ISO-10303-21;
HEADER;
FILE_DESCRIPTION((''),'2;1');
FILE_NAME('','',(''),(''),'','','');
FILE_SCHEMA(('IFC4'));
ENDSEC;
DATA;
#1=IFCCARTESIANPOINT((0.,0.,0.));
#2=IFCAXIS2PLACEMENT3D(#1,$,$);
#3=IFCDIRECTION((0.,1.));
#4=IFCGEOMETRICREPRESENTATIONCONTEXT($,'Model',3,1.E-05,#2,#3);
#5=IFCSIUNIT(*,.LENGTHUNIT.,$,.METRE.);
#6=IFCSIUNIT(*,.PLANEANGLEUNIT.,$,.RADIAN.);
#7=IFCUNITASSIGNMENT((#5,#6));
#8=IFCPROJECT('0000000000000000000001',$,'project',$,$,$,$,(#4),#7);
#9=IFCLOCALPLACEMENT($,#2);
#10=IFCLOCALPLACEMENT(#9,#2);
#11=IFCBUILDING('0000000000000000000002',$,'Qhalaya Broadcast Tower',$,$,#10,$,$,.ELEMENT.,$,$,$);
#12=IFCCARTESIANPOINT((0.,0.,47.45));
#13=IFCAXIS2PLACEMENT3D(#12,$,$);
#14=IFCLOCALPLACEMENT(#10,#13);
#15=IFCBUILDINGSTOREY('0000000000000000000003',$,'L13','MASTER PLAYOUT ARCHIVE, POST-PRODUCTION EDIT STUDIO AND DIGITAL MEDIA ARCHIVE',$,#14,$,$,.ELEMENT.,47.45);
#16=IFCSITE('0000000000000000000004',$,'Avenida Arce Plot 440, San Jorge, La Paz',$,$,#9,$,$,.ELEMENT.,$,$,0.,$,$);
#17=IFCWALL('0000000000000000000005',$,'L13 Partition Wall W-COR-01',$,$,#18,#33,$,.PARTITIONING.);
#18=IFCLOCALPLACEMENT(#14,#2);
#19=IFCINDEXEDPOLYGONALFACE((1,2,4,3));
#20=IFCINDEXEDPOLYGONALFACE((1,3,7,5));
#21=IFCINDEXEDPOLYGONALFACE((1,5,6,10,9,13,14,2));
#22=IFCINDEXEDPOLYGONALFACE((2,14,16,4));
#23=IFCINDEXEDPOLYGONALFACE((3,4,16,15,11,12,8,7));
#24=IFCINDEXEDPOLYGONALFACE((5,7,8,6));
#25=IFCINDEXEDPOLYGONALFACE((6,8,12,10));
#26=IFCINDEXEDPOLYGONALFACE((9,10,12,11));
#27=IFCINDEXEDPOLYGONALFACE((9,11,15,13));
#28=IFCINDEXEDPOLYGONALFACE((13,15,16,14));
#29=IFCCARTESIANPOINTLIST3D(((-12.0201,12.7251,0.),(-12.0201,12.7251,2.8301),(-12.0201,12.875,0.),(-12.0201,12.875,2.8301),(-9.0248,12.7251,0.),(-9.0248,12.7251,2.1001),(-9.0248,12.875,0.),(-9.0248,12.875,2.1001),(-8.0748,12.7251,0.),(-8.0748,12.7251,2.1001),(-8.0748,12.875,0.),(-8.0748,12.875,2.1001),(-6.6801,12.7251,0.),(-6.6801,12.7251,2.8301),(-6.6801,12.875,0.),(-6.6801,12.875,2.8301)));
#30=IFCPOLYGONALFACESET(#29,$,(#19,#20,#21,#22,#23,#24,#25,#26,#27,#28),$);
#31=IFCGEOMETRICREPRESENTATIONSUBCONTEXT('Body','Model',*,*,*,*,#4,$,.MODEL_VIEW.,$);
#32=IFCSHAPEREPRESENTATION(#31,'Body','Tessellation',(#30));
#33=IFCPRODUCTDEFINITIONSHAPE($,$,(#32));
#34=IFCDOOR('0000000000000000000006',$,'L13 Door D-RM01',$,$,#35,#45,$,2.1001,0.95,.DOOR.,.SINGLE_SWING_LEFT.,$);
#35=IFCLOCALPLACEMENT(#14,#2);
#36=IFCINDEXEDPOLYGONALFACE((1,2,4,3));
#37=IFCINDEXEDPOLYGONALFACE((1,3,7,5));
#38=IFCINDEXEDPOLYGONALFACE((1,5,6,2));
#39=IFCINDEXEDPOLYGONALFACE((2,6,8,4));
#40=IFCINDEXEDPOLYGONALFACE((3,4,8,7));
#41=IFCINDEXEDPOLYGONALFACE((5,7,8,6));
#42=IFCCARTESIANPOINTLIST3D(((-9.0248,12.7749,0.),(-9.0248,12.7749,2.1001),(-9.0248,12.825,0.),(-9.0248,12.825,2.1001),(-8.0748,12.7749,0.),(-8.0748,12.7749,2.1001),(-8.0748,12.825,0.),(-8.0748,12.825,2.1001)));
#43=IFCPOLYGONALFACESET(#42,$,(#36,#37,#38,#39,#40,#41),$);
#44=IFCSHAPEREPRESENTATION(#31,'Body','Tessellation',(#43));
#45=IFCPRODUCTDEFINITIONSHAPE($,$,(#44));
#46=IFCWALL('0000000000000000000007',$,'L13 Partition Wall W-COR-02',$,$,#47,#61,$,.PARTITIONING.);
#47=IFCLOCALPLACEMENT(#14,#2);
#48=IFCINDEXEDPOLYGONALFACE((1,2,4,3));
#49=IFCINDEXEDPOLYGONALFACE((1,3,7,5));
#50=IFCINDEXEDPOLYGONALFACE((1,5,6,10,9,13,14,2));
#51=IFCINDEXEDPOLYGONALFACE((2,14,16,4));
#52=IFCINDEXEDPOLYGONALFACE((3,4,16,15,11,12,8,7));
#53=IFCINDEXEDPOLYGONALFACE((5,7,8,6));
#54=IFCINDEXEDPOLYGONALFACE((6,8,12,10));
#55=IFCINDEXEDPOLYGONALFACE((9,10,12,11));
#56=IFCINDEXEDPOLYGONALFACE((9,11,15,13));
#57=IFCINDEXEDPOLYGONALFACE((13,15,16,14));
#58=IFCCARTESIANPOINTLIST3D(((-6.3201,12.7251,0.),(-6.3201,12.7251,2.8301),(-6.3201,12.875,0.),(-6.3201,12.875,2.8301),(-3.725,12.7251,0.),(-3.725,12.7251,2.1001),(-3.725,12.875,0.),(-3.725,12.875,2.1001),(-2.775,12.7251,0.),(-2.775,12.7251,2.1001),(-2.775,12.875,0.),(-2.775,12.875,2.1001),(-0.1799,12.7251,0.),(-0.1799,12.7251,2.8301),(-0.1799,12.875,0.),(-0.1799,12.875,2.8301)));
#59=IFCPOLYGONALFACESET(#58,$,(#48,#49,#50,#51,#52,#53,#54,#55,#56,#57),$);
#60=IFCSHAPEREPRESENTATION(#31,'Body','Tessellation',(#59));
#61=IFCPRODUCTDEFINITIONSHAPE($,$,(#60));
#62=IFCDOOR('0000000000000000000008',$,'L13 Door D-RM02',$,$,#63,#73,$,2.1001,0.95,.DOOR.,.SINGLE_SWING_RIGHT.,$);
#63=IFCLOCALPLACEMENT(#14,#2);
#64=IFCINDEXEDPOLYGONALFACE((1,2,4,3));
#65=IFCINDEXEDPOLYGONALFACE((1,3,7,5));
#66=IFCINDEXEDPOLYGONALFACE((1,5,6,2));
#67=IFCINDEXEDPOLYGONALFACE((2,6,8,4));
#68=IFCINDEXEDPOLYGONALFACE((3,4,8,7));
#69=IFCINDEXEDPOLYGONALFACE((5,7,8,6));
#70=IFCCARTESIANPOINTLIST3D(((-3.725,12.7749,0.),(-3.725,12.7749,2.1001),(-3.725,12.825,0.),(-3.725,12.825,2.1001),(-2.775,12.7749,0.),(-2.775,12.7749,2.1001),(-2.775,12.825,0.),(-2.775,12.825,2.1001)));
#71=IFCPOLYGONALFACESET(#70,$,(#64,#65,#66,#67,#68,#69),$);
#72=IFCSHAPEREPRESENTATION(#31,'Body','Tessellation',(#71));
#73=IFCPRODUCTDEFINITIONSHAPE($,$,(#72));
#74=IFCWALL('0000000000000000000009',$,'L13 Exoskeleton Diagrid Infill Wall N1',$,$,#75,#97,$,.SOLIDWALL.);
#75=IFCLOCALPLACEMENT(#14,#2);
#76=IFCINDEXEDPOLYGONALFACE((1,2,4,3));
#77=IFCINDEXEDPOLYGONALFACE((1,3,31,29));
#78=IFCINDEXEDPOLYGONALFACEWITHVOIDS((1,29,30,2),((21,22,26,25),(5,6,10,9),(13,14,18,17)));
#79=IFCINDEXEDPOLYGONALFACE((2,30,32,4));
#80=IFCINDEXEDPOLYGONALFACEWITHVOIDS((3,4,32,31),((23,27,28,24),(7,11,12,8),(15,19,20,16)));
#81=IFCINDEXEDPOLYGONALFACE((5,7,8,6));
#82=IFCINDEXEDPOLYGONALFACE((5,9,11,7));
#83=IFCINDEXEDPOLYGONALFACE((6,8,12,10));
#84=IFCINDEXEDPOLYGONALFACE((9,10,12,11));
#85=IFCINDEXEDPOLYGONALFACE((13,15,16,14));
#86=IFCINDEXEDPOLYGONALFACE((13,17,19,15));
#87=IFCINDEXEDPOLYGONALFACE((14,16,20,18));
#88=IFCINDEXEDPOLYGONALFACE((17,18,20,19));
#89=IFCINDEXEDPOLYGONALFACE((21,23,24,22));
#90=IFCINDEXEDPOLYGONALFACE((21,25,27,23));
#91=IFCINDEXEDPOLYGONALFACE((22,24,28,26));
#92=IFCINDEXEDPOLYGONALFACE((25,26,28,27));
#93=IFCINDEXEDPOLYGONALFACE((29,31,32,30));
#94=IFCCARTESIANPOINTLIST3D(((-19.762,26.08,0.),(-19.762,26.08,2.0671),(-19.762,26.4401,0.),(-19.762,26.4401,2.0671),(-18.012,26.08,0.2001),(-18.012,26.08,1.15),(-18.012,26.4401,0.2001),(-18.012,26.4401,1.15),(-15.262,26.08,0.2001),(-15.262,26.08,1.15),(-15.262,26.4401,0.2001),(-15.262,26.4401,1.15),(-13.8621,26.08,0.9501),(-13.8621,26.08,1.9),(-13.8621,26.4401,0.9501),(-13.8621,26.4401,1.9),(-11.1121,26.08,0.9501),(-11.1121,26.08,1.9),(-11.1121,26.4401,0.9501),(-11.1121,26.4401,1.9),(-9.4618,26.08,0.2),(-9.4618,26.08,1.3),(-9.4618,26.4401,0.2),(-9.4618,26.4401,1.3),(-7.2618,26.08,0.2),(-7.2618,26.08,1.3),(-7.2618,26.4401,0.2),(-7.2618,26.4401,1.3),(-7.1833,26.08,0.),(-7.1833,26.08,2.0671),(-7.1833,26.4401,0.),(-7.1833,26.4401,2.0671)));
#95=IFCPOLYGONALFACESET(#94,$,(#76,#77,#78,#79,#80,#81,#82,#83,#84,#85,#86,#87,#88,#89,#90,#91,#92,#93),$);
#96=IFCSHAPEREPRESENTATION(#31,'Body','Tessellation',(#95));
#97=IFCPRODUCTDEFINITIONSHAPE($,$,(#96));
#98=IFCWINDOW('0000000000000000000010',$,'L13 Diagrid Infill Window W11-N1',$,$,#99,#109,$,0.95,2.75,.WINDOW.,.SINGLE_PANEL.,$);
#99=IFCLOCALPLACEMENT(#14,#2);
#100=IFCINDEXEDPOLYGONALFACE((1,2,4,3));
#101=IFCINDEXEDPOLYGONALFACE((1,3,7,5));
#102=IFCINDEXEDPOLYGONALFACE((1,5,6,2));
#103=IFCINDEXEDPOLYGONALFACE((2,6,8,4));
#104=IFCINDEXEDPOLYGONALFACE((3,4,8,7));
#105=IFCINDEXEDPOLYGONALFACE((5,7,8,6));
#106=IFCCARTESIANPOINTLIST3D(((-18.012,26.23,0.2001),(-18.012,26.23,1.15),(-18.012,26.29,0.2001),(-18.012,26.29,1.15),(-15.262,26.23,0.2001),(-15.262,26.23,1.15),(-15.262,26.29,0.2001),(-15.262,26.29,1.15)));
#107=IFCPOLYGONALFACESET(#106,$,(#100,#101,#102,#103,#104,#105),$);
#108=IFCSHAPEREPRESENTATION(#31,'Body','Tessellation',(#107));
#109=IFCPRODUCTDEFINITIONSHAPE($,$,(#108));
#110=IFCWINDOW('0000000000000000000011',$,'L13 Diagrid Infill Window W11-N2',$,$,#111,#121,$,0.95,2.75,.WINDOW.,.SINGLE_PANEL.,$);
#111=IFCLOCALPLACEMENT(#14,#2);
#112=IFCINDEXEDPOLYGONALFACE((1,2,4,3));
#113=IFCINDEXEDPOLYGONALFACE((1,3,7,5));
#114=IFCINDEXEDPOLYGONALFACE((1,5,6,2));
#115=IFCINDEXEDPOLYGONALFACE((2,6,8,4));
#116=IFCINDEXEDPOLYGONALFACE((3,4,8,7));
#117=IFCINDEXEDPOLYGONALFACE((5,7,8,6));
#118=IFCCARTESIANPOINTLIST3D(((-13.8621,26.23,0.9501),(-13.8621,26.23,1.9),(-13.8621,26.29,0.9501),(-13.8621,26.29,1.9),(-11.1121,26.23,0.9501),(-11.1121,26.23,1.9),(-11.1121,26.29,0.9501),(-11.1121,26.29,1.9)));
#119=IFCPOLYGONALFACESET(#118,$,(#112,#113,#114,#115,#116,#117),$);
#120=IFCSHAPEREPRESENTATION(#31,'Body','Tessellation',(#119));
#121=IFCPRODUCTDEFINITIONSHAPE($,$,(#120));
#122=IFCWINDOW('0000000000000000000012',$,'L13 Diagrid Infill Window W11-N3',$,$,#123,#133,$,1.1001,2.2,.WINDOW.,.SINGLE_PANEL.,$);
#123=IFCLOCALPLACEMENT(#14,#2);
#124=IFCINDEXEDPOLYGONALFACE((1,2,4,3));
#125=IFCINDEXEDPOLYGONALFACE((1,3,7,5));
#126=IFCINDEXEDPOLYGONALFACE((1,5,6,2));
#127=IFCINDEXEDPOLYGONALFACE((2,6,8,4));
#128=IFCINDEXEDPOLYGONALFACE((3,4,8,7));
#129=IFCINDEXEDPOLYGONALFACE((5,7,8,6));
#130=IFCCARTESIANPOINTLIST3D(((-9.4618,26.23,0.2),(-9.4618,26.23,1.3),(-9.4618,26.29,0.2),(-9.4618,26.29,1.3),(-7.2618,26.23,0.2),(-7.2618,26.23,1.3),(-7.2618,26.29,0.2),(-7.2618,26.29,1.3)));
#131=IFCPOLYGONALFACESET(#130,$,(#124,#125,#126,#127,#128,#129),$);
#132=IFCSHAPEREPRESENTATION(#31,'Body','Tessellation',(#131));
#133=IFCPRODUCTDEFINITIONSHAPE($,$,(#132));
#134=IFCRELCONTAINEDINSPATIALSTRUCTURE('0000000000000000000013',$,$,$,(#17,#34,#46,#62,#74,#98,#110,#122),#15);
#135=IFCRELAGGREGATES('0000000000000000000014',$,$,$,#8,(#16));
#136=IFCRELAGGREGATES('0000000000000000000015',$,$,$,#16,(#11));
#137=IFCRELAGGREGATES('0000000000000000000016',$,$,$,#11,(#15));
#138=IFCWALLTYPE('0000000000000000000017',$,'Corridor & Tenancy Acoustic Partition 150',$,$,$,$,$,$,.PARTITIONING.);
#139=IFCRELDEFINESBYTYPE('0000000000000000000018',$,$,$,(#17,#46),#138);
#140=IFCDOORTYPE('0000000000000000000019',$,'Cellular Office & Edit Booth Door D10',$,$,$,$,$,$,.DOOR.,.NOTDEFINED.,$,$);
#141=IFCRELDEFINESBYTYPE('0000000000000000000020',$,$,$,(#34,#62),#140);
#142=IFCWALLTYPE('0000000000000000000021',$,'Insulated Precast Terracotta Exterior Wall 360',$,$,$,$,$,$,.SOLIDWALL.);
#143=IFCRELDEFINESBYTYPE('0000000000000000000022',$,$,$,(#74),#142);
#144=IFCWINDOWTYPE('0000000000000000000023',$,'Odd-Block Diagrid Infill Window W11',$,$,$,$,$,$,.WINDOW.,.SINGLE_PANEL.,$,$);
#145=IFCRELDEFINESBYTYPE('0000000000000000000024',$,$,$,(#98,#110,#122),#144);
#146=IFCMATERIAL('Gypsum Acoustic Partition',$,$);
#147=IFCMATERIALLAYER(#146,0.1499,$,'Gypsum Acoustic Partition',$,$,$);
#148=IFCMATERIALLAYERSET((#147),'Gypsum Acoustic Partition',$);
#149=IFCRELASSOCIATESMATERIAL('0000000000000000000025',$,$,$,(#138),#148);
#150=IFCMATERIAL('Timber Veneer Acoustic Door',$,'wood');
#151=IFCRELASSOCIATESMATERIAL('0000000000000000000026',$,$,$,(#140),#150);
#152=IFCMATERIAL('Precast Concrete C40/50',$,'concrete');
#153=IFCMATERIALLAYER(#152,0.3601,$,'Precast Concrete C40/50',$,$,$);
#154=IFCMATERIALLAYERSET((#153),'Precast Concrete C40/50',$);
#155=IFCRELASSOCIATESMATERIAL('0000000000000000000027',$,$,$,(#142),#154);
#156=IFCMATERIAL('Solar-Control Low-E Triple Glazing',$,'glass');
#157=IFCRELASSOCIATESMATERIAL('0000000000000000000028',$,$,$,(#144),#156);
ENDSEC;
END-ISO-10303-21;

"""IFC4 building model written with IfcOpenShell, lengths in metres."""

from ifc_helpers import new_model, si_unit, direction, frame, frame_2d, origin, place, context, subcontext, project, spatial, rectangle, extrude, material, layer, layer_set, type_object, element, fill, save


model = new_model("IFC4")

# Units and contexts
model_context = context("Model", 3, precision=1e-05, world=origin(), true_north=direction((0.0, 1.0)))
body_context = subcontext(model_context, "Body", "Model", "MODEL_VIEW")
ifc_project = project(units=[si_unit("LENGTHUNIT", "METRE"), si_unit("PLANEANGLEUNIT", "RADIAN")], contexts=[model_context])

# Site, building, storey
site_placement = place(None, origin())
site = spatial("IfcSite", under=ifc_project, at=site_placement, Name="Avenida Arce Plot 440, San Jorge, La Paz", CompositionType="ELEMENT", RefElevation=0.0)
building_placement = place(site_placement, origin())
building = spatial("IfcBuilding", under=site, at=building_placement, Name="Qhalaya Broadcast Tower", CompositionType="ELEMENT")
storey_placement = place(building_placement, frame((0.0, 0.0, 47.45)))
storey = spatial("IfcBuildingStorey", under=building, at=storey_placement, Name="L13", Description="MASTER PLAYOUT ARCHIVE, POST-PRODUCTION EDIT STUDIO AND DIGITAL MEDIA ARCHIVE", CompositionType="ELEMENT", Elevation=47.45)

# Walls, openings, doors
ifc_material_1 = material(Name="Gypsum Acoustic Partition")
ifc_layer_1 = layer(ifc_material_1, 0.1499, Name="Gypsum Acoustic Partition")
ifc_layer_set_1 = layer_set([ifc_layer_1], Name="Gypsum Acoustic Partition")
wall_type_1 = type_object("IfcWallType", Name="Corridor & Tenancy Acoustic Partition 150", PredefinedType="PARTITIONING", material=ifc_layer_set_1)
wall_1_placement = place(storey_placement, frame((-12.02, 12.8, 0.0), z_axis=(0.0, 0.0, 1.0), x_axis=(1.0, 0.0, 0.0)))
wall_1 = element("IfcWall", 1, at=wall_1_placement, inside=storey, type_object=wall_type_1, Name="L13 Partition Wall W-COR-01", PredefinedType="PARTITIONING", context=body_context, shape_type="SweptSolid", body=[
    extrude(rectangle(XDim=5.3401, YDim=0.1499, at=frame_2d((2.6699, 0.0))), origin(), (0.0, 0.0, 1.0), 2.8301),
])
opening_1_placement = place(wall_1_placement, frame((2.9951, 0.0, 0.0)))
opening_1 = element("IfcOpeningElement", 2, at=opening_1_placement, cuts=wall_1, PredefinedType="OPENING", context=body_context, shape_type="SweptSolid", body=[
    extrude(rectangle(XDim=0.95, YDim=2.1001, at=frame_2d((0.4751, 1.05))), frame((0.0, 0.0869, 0.0), z_axis=(0.0, -1.0, 0.0), x_axis=(1.0, 0.0, 0.0)), (0.0, 0.0, 1.0), 0.1738),
])
ifc_material_2 = material(Name="Timber Veneer Acoustic Door", Category="wood")
door_type = type_object("IfcDoorType", Name="Cellular Office & Edit Booth Door D10", OperationType="NOTDEFINED", PredefinedType="DOOR", material=ifc_material_2)
door_1_placement = place(opening_1_placement, origin())
door_1 = element("IfcDoor", 3, at=door_1_placement, inside=storey, type_object=door_type, Name="L13 Door D-RM01", OperationType="SINGLE_SWING_LEFT", OverallHeight=2.1001, OverallWidth=0.95, PredefinedType="DOOR", context=body_context, shape_type="SweptSolid", body=[
    extrude(rectangle(XDim=0.95, YDim=2.1001, at=frame_2d((0.4751, 1.05))), frame((0.0, 0.0249, 0.0), z_axis=(0.0, -1.0, 0.0), x_axis=(1.0, 0.0, 0.0)), (0.0, 0.0, 1.0), 0.05),
])
fill(opening_1, door_1)
wall_2_placement = place(storey_placement, frame((-6.3201, 12.8, 0.0), z_axis=(0.0, 0.0, 1.0), x_axis=(1.0, 0.0, 0.0)))
wall_2 = element("IfcWall", 4, at=wall_2_placement, inside=storey, type_object=wall_type_1, Name="L13 Partition Wall W-COR-02", PredefinedType="PARTITIONING", context=body_context, shape_type="SweptSolid", body=[
    extrude(rectangle(XDim=6.1401, YDim=0.1499, at=frame_2d((3.0701, 0.0))), origin(), (0.0, 0.0, 1.0), 2.8301),
])
opening_2_placement = place(wall_2_placement, frame((2.595, 0.0, 0.0)))
opening_2 = element("IfcOpeningElement", 5, at=opening_2_placement, cuts=wall_2, PredefinedType="OPENING", context=body_context, shape_type="SweptSolid", body=[
    extrude(rectangle(XDim=0.95, YDim=2.1001, at=frame_2d((0.4751, 1.05))), frame((0.0, 0.0869, 0.0), z_axis=(0.0, -1.0, 0.0), x_axis=(1.0, 0.0, 0.0)), (0.0, 0.0, 1.0), 0.1738),
])
door_2_placement = place(opening_2_placement, origin())
door_2 = element("IfcDoor", 6, at=door_2_placement, inside=storey, type_object=door_type, Name="L13 Door D-RM02", OperationType="SINGLE_SWING_RIGHT", OverallHeight=2.1001, OverallWidth=0.95, PredefinedType="DOOR", context=body_context, shape_type="SweptSolid", body=[
    extrude(rectangle(XDim=0.95, YDim=2.1001, at=frame_2d((0.4751, 1.05))), frame((0.0, 0.0249, 0.0), z_axis=(0.0, -1.0, 0.0), x_axis=(1.0, 0.0, 0.0)), (0.0, 0.0, 1.0), 0.05),
])
fill(opening_2, door_2)

# Wall, openings, windows
ifc_material_3 = material(Name="Precast Concrete C40/50", Category="concrete")
ifc_layer_2 = layer(ifc_material_3, 0.3601, Name="Precast Concrete C40/50")
ifc_layer_set_2 = layer_set([ifc_layer_2], Name="Precast Concrete C40/50")
wall_type_2 = type_object("IfcWallType", Name="Insulated Precast Terracotta Exterior Wall 360", PredefinedType="SOLIDWALL", material=ifc_layer_set_2)
wall_3_placement = place(storey_placement, frame((-19.762, 26.26, 0.0), z_axis=(0.0, 0.0, 1.0), x_axis=(1.0, 0.0, 0.0)))
wall_3 = element("IfcWall", 7, at=wall_3_placement, inside=storey, type_object=wall_type_2, Name="L13 Exoskeleton Diagrid Infill Wall N1", PredefinedType="SOLIDWALL", context=body_context, shape_type="SweptSolid", body=[
    extrude(rectangle(XDim=12.5786, YDim=0.3601, at=frame_2d((6.2893, 0.0))), origin(), (0.0, 0.0, 1.0), 2.0671),
])
opening_3_placement = place(wall_3_placement, frame((1.75, 0.0, 0.2)))
opening_3 = element("IfcOpeningElement", 8, at=opening_3_placement, cuts=wall_3, PredefinedType="OPENING", context=body_context, shape_type="SweptSolid", body=[
    extrude(rectangle(XDim=2.75, YDim=0.95, at=frame_2d((1.375, 0.4751))), frame((0.0, 0.1921, 0.0), z_axis=(0.0, -1.0, 0.0), x_axis=(1.0, 0.0, 0.0)), (0.0, 0.0, 1.0), 0.384),
])
opening_4_placement = place(wall_3_placement, frame((5.8999, 0.0, 0.95)))
opening_4 = element("IfcOpeningElement", 9, at=opening_4_placement, cuts=wall_3, PredefinedType="OPENING", context=body_context, shape_type="SweptSolid", body=[
    extrude(rectangle(XDim=2.75, YDim=0.95, at=frame_2d((1.375, 0.4751))), frame((0.0, 0.1921, 0.0), z_axis=(0.0, -1.0, 0.0), x_axis=(1.0, 0.0, 0.0)), (0.0, 0.0, 1.0), 0.384),
])
opening_5_placement = place(wall_3_placement, frame((10.3, 0.0, 0.2)))
opening_5 = element("IfcOpeningElement", 10, at=opening_5_placement, cuts=wall_3, PredefinedType="OPENING", context=body_context, shape_type="SweptSolid", body=[
    extrude(rectangle(XDim=2.2, YDim=1.1001, at=frame_2d((1.1001, 0.55))), frame((0.0, 0.1921, 0.0), z_axis=(0.0, -1.0, 0.0), x_axis=(1.0, 0.0, 0.0)), (0.0, 0.0, 1.0), 0.384),
])
ifc_material_4 = material(Name="Solar-Control Low-E Triple Glazing", Category="glass")
window_type = type_object("IfcWindowType", Name="Odd-Block Diagrid Infill Window W11", PartitioningType="SINGLE_PANEL", PredefinedType="WINDOW", material=ifc_material_4)
window_1_placement = place(opening_3_placement, origin())
window_1 = element("IfcWindow", 11, at=window_1_placement, inside=storey, type_object=window_type, Name="L13 Diagrid Infill Window W11-N1", OverallHeight=0.95, OverallWidth=2.75, PartitioningType="SINGLE_PANEL", PredefinedType="WINDOW", context=body_context, shape_type="SweptSolid", body=[
    extrude(rectangle(XDim=2.75, YDim=0.95, at=frame_2d((1.375, 0.4751))), frame((0.0, 0.03, 0.0), z_axis=(0.0, -1.0, 0.0), x_axis=(1.0, 0.0, 0.0)), (0.0, 0.0, 1.0), 0.0601),
])
fill(opening_3, window_1)
window_2_placement = place(opening_4_placement, origin())
window_2 = element("IfcWindow", 12, at=window_2_placement, inside=storey, type_object=window_type, Name="L13 Diagrid Infill Window W11-N2", OverallHeight=0.95, OverallWidth=2.75, PartitioningType="SINGLE_PANEL", PredefinedType="WINDOW", context=body_context, shape_type="SweptSolid", body=[
    extrude(rectangle(XDim=2.75, YDim=0.95, at=frame_2d((1.375, 0.4751))), frame((0.0, 0.03, 0.0), z_axis=(0.0, -1.0, 0.0), x_axis=(1.0, 0.0, 0.0)), (0.0, 0.0, 1.0), 0.0601),
])
fill(opening_4, window_2)
window_3_placement = place(opening_5_placement, origin())
window_3 = element("IfcWindow", 13, at=window_3_placement, inside=storey, type_object=window_type, Name="L13 Diagrid Infill Window W11-N3", OverallHeight=1.1001, OverallWidth=2.2, PartitioningType="SINGLE_PANEL", PredefinedType="WINDOW", context=body_context, shape_type="SweptSolid", body=[
    extrude(rectangle(XDim=2.2, YDim=1.1001, at=frame_2d((1.1001, 0.55))), frame((0.0, 0.03, 0.0), z_axis=(0.0, -1.0, 0.0), x_axis=(1.0, 0.0, 0.0)), (0.0, 0.0, 1.0), 0.0601),
])
fill(opening_5, window_3)

save(model, "model.ifc")
